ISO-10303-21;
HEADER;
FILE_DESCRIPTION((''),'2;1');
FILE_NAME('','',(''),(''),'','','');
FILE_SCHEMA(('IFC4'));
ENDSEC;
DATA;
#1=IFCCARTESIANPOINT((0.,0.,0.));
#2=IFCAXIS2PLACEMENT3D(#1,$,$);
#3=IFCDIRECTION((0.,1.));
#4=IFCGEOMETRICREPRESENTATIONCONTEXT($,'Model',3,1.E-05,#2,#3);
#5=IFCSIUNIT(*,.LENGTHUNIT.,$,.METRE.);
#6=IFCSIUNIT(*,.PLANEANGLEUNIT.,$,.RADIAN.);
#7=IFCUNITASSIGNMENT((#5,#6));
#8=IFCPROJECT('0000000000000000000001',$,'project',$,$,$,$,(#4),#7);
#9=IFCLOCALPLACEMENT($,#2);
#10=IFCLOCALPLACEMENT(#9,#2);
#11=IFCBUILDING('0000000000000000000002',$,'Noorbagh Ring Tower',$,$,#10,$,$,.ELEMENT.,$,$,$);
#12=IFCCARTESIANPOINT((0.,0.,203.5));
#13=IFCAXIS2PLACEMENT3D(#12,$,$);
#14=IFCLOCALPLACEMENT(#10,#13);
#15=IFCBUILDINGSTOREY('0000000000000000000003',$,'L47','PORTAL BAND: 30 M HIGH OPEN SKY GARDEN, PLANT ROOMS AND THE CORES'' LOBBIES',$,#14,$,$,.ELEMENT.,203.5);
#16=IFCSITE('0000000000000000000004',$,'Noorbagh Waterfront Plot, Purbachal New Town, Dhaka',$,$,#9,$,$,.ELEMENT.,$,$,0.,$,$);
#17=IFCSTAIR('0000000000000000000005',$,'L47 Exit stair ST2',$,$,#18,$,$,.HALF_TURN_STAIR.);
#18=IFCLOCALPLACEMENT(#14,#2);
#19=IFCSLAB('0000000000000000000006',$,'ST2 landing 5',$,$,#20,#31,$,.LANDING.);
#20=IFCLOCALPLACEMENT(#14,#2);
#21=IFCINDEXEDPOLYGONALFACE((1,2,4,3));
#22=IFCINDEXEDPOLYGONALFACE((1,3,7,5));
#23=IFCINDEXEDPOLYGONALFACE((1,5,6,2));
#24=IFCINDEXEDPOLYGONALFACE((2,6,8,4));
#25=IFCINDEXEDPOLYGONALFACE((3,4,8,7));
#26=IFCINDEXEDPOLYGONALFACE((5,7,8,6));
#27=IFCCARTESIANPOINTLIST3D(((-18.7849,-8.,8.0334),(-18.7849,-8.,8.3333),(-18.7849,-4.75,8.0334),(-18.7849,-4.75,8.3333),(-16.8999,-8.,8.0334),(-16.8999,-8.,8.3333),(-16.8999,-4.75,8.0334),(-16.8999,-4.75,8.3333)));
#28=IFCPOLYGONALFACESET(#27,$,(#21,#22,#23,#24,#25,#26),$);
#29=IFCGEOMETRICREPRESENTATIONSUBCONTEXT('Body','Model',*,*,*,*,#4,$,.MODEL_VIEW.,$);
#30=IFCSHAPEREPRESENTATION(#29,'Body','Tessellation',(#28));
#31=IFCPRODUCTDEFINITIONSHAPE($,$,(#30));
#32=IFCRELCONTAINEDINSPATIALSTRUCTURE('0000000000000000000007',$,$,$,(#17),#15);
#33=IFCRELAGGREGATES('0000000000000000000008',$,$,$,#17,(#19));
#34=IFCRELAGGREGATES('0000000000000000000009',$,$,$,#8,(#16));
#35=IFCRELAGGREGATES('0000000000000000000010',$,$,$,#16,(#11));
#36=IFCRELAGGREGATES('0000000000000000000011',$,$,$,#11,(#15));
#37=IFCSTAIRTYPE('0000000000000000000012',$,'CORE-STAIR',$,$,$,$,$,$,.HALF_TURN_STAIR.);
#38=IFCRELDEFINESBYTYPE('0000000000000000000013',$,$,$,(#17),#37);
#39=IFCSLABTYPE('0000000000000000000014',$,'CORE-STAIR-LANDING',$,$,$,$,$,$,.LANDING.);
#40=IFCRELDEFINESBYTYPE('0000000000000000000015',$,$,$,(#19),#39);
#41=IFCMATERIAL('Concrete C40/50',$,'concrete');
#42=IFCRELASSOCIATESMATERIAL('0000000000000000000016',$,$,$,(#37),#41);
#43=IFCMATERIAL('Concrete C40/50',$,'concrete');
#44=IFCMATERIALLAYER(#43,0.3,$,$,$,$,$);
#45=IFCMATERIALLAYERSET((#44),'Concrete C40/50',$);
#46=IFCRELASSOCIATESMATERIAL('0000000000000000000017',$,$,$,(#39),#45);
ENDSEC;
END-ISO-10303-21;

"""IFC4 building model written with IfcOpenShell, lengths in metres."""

from ifc_helpers import new_model, si_unit, direction, frame, origin, place, context, subcontext, project, spatial, polyline, outline, extrude, material, layer, layer_set, type_object, element, aggregate, save


model = new_model("IFC4")

# Units and contexts
model_context = context("Model", 3, precision=1e-05, world=origin(), true_north=direction((0.0, 1.0)))
body_context = subcontext(model_context, "Body", "Model", "MODEL_VIEW")
ifc_project = project(units=[si_unit("LENGTHUNIT", "METRE"), si_unit("PLANEANGLEUNIT", "RADIAN")], contexts=[model_context])

# Site, building, storey
site_placement = place(None, origin())
site = spatial("IfcSite", under=ifc_project, at=site_placement, Name="Noorbagh Waterfront Plot, Purbachal New Town, Dhaka", CompositionType="ELEMENT", RefElevation=0.0)
building_placement = place(site_placement, origin())
building = spatial("IfcBuilding", under=site, at=building_placement, Name="Noorbagh Ring Tower", CompositionType="ELEMENT")
storey_placement = place(building_placement, frame((0.0, 0.0, 203.5)))
storey = spatial("IfcBuildingStorey", under=building, at=storey_placement, Name="L47", Description="PORTAL BAND: 30 M HIGH OPEN SKY GARDEN, PLANT ROOMS AND THE CORES' LOBBIES", CompositionType="ELEMENT", Elevation=203.5)

# Shared definitions
ifc_material_1 = material(Name="Concrete C40/50", Category="concrete")
stair_type = type_object("IfcStairType", Name="CORE-STAIR", PredefinedType="HALF_TURN_STAIR", material=ifc_material_1)
ifc_material_2 = material(Name="Concrete C40/50", Category="concrete")
ifc_layer = layer(ifc_material_2, 0.3)
ifc_layer_set = layer_set([ifc_layer], Name="Concrete C40/50")
slab_type = type_object("IfcSlabType", Name="CORE-STAIR-LANDING", PredefinedType="LANDING", material=ifc_layer_set)

# Stair, slab
stair_1_placement = place(storey_placement, origin())
stair_1 = element("IfcStair", 1, at=stair_1_placement, inside=storey, type_object=stair_type, Name="L47 Exit stair ST2", PredefinedType="HALF_TURN_STAIR")
slab_1_placement = place(storey_placement, frame((0.0, 0.0, 8.0334)))
slab_1 = element("IfcSlab", 2, at=slab_1_placement, type_object=slab_type, Name="ST2 landing 5", PredefinedType="LANDING", context=body_context, shape_type="SweptSolid", body=[
    extrude(outline(polyline([(-18.7849, -8.0), (-16.8999, -8.0), (-16.8999, -4.75), (-18.7849, -4.75), (-18.7849, -8.0)])), origin(), (0.0, 0.0, 1.0), 0.2998),
])
aggregate(stair_1, [slab_1])

save(model, "model.ifc")
